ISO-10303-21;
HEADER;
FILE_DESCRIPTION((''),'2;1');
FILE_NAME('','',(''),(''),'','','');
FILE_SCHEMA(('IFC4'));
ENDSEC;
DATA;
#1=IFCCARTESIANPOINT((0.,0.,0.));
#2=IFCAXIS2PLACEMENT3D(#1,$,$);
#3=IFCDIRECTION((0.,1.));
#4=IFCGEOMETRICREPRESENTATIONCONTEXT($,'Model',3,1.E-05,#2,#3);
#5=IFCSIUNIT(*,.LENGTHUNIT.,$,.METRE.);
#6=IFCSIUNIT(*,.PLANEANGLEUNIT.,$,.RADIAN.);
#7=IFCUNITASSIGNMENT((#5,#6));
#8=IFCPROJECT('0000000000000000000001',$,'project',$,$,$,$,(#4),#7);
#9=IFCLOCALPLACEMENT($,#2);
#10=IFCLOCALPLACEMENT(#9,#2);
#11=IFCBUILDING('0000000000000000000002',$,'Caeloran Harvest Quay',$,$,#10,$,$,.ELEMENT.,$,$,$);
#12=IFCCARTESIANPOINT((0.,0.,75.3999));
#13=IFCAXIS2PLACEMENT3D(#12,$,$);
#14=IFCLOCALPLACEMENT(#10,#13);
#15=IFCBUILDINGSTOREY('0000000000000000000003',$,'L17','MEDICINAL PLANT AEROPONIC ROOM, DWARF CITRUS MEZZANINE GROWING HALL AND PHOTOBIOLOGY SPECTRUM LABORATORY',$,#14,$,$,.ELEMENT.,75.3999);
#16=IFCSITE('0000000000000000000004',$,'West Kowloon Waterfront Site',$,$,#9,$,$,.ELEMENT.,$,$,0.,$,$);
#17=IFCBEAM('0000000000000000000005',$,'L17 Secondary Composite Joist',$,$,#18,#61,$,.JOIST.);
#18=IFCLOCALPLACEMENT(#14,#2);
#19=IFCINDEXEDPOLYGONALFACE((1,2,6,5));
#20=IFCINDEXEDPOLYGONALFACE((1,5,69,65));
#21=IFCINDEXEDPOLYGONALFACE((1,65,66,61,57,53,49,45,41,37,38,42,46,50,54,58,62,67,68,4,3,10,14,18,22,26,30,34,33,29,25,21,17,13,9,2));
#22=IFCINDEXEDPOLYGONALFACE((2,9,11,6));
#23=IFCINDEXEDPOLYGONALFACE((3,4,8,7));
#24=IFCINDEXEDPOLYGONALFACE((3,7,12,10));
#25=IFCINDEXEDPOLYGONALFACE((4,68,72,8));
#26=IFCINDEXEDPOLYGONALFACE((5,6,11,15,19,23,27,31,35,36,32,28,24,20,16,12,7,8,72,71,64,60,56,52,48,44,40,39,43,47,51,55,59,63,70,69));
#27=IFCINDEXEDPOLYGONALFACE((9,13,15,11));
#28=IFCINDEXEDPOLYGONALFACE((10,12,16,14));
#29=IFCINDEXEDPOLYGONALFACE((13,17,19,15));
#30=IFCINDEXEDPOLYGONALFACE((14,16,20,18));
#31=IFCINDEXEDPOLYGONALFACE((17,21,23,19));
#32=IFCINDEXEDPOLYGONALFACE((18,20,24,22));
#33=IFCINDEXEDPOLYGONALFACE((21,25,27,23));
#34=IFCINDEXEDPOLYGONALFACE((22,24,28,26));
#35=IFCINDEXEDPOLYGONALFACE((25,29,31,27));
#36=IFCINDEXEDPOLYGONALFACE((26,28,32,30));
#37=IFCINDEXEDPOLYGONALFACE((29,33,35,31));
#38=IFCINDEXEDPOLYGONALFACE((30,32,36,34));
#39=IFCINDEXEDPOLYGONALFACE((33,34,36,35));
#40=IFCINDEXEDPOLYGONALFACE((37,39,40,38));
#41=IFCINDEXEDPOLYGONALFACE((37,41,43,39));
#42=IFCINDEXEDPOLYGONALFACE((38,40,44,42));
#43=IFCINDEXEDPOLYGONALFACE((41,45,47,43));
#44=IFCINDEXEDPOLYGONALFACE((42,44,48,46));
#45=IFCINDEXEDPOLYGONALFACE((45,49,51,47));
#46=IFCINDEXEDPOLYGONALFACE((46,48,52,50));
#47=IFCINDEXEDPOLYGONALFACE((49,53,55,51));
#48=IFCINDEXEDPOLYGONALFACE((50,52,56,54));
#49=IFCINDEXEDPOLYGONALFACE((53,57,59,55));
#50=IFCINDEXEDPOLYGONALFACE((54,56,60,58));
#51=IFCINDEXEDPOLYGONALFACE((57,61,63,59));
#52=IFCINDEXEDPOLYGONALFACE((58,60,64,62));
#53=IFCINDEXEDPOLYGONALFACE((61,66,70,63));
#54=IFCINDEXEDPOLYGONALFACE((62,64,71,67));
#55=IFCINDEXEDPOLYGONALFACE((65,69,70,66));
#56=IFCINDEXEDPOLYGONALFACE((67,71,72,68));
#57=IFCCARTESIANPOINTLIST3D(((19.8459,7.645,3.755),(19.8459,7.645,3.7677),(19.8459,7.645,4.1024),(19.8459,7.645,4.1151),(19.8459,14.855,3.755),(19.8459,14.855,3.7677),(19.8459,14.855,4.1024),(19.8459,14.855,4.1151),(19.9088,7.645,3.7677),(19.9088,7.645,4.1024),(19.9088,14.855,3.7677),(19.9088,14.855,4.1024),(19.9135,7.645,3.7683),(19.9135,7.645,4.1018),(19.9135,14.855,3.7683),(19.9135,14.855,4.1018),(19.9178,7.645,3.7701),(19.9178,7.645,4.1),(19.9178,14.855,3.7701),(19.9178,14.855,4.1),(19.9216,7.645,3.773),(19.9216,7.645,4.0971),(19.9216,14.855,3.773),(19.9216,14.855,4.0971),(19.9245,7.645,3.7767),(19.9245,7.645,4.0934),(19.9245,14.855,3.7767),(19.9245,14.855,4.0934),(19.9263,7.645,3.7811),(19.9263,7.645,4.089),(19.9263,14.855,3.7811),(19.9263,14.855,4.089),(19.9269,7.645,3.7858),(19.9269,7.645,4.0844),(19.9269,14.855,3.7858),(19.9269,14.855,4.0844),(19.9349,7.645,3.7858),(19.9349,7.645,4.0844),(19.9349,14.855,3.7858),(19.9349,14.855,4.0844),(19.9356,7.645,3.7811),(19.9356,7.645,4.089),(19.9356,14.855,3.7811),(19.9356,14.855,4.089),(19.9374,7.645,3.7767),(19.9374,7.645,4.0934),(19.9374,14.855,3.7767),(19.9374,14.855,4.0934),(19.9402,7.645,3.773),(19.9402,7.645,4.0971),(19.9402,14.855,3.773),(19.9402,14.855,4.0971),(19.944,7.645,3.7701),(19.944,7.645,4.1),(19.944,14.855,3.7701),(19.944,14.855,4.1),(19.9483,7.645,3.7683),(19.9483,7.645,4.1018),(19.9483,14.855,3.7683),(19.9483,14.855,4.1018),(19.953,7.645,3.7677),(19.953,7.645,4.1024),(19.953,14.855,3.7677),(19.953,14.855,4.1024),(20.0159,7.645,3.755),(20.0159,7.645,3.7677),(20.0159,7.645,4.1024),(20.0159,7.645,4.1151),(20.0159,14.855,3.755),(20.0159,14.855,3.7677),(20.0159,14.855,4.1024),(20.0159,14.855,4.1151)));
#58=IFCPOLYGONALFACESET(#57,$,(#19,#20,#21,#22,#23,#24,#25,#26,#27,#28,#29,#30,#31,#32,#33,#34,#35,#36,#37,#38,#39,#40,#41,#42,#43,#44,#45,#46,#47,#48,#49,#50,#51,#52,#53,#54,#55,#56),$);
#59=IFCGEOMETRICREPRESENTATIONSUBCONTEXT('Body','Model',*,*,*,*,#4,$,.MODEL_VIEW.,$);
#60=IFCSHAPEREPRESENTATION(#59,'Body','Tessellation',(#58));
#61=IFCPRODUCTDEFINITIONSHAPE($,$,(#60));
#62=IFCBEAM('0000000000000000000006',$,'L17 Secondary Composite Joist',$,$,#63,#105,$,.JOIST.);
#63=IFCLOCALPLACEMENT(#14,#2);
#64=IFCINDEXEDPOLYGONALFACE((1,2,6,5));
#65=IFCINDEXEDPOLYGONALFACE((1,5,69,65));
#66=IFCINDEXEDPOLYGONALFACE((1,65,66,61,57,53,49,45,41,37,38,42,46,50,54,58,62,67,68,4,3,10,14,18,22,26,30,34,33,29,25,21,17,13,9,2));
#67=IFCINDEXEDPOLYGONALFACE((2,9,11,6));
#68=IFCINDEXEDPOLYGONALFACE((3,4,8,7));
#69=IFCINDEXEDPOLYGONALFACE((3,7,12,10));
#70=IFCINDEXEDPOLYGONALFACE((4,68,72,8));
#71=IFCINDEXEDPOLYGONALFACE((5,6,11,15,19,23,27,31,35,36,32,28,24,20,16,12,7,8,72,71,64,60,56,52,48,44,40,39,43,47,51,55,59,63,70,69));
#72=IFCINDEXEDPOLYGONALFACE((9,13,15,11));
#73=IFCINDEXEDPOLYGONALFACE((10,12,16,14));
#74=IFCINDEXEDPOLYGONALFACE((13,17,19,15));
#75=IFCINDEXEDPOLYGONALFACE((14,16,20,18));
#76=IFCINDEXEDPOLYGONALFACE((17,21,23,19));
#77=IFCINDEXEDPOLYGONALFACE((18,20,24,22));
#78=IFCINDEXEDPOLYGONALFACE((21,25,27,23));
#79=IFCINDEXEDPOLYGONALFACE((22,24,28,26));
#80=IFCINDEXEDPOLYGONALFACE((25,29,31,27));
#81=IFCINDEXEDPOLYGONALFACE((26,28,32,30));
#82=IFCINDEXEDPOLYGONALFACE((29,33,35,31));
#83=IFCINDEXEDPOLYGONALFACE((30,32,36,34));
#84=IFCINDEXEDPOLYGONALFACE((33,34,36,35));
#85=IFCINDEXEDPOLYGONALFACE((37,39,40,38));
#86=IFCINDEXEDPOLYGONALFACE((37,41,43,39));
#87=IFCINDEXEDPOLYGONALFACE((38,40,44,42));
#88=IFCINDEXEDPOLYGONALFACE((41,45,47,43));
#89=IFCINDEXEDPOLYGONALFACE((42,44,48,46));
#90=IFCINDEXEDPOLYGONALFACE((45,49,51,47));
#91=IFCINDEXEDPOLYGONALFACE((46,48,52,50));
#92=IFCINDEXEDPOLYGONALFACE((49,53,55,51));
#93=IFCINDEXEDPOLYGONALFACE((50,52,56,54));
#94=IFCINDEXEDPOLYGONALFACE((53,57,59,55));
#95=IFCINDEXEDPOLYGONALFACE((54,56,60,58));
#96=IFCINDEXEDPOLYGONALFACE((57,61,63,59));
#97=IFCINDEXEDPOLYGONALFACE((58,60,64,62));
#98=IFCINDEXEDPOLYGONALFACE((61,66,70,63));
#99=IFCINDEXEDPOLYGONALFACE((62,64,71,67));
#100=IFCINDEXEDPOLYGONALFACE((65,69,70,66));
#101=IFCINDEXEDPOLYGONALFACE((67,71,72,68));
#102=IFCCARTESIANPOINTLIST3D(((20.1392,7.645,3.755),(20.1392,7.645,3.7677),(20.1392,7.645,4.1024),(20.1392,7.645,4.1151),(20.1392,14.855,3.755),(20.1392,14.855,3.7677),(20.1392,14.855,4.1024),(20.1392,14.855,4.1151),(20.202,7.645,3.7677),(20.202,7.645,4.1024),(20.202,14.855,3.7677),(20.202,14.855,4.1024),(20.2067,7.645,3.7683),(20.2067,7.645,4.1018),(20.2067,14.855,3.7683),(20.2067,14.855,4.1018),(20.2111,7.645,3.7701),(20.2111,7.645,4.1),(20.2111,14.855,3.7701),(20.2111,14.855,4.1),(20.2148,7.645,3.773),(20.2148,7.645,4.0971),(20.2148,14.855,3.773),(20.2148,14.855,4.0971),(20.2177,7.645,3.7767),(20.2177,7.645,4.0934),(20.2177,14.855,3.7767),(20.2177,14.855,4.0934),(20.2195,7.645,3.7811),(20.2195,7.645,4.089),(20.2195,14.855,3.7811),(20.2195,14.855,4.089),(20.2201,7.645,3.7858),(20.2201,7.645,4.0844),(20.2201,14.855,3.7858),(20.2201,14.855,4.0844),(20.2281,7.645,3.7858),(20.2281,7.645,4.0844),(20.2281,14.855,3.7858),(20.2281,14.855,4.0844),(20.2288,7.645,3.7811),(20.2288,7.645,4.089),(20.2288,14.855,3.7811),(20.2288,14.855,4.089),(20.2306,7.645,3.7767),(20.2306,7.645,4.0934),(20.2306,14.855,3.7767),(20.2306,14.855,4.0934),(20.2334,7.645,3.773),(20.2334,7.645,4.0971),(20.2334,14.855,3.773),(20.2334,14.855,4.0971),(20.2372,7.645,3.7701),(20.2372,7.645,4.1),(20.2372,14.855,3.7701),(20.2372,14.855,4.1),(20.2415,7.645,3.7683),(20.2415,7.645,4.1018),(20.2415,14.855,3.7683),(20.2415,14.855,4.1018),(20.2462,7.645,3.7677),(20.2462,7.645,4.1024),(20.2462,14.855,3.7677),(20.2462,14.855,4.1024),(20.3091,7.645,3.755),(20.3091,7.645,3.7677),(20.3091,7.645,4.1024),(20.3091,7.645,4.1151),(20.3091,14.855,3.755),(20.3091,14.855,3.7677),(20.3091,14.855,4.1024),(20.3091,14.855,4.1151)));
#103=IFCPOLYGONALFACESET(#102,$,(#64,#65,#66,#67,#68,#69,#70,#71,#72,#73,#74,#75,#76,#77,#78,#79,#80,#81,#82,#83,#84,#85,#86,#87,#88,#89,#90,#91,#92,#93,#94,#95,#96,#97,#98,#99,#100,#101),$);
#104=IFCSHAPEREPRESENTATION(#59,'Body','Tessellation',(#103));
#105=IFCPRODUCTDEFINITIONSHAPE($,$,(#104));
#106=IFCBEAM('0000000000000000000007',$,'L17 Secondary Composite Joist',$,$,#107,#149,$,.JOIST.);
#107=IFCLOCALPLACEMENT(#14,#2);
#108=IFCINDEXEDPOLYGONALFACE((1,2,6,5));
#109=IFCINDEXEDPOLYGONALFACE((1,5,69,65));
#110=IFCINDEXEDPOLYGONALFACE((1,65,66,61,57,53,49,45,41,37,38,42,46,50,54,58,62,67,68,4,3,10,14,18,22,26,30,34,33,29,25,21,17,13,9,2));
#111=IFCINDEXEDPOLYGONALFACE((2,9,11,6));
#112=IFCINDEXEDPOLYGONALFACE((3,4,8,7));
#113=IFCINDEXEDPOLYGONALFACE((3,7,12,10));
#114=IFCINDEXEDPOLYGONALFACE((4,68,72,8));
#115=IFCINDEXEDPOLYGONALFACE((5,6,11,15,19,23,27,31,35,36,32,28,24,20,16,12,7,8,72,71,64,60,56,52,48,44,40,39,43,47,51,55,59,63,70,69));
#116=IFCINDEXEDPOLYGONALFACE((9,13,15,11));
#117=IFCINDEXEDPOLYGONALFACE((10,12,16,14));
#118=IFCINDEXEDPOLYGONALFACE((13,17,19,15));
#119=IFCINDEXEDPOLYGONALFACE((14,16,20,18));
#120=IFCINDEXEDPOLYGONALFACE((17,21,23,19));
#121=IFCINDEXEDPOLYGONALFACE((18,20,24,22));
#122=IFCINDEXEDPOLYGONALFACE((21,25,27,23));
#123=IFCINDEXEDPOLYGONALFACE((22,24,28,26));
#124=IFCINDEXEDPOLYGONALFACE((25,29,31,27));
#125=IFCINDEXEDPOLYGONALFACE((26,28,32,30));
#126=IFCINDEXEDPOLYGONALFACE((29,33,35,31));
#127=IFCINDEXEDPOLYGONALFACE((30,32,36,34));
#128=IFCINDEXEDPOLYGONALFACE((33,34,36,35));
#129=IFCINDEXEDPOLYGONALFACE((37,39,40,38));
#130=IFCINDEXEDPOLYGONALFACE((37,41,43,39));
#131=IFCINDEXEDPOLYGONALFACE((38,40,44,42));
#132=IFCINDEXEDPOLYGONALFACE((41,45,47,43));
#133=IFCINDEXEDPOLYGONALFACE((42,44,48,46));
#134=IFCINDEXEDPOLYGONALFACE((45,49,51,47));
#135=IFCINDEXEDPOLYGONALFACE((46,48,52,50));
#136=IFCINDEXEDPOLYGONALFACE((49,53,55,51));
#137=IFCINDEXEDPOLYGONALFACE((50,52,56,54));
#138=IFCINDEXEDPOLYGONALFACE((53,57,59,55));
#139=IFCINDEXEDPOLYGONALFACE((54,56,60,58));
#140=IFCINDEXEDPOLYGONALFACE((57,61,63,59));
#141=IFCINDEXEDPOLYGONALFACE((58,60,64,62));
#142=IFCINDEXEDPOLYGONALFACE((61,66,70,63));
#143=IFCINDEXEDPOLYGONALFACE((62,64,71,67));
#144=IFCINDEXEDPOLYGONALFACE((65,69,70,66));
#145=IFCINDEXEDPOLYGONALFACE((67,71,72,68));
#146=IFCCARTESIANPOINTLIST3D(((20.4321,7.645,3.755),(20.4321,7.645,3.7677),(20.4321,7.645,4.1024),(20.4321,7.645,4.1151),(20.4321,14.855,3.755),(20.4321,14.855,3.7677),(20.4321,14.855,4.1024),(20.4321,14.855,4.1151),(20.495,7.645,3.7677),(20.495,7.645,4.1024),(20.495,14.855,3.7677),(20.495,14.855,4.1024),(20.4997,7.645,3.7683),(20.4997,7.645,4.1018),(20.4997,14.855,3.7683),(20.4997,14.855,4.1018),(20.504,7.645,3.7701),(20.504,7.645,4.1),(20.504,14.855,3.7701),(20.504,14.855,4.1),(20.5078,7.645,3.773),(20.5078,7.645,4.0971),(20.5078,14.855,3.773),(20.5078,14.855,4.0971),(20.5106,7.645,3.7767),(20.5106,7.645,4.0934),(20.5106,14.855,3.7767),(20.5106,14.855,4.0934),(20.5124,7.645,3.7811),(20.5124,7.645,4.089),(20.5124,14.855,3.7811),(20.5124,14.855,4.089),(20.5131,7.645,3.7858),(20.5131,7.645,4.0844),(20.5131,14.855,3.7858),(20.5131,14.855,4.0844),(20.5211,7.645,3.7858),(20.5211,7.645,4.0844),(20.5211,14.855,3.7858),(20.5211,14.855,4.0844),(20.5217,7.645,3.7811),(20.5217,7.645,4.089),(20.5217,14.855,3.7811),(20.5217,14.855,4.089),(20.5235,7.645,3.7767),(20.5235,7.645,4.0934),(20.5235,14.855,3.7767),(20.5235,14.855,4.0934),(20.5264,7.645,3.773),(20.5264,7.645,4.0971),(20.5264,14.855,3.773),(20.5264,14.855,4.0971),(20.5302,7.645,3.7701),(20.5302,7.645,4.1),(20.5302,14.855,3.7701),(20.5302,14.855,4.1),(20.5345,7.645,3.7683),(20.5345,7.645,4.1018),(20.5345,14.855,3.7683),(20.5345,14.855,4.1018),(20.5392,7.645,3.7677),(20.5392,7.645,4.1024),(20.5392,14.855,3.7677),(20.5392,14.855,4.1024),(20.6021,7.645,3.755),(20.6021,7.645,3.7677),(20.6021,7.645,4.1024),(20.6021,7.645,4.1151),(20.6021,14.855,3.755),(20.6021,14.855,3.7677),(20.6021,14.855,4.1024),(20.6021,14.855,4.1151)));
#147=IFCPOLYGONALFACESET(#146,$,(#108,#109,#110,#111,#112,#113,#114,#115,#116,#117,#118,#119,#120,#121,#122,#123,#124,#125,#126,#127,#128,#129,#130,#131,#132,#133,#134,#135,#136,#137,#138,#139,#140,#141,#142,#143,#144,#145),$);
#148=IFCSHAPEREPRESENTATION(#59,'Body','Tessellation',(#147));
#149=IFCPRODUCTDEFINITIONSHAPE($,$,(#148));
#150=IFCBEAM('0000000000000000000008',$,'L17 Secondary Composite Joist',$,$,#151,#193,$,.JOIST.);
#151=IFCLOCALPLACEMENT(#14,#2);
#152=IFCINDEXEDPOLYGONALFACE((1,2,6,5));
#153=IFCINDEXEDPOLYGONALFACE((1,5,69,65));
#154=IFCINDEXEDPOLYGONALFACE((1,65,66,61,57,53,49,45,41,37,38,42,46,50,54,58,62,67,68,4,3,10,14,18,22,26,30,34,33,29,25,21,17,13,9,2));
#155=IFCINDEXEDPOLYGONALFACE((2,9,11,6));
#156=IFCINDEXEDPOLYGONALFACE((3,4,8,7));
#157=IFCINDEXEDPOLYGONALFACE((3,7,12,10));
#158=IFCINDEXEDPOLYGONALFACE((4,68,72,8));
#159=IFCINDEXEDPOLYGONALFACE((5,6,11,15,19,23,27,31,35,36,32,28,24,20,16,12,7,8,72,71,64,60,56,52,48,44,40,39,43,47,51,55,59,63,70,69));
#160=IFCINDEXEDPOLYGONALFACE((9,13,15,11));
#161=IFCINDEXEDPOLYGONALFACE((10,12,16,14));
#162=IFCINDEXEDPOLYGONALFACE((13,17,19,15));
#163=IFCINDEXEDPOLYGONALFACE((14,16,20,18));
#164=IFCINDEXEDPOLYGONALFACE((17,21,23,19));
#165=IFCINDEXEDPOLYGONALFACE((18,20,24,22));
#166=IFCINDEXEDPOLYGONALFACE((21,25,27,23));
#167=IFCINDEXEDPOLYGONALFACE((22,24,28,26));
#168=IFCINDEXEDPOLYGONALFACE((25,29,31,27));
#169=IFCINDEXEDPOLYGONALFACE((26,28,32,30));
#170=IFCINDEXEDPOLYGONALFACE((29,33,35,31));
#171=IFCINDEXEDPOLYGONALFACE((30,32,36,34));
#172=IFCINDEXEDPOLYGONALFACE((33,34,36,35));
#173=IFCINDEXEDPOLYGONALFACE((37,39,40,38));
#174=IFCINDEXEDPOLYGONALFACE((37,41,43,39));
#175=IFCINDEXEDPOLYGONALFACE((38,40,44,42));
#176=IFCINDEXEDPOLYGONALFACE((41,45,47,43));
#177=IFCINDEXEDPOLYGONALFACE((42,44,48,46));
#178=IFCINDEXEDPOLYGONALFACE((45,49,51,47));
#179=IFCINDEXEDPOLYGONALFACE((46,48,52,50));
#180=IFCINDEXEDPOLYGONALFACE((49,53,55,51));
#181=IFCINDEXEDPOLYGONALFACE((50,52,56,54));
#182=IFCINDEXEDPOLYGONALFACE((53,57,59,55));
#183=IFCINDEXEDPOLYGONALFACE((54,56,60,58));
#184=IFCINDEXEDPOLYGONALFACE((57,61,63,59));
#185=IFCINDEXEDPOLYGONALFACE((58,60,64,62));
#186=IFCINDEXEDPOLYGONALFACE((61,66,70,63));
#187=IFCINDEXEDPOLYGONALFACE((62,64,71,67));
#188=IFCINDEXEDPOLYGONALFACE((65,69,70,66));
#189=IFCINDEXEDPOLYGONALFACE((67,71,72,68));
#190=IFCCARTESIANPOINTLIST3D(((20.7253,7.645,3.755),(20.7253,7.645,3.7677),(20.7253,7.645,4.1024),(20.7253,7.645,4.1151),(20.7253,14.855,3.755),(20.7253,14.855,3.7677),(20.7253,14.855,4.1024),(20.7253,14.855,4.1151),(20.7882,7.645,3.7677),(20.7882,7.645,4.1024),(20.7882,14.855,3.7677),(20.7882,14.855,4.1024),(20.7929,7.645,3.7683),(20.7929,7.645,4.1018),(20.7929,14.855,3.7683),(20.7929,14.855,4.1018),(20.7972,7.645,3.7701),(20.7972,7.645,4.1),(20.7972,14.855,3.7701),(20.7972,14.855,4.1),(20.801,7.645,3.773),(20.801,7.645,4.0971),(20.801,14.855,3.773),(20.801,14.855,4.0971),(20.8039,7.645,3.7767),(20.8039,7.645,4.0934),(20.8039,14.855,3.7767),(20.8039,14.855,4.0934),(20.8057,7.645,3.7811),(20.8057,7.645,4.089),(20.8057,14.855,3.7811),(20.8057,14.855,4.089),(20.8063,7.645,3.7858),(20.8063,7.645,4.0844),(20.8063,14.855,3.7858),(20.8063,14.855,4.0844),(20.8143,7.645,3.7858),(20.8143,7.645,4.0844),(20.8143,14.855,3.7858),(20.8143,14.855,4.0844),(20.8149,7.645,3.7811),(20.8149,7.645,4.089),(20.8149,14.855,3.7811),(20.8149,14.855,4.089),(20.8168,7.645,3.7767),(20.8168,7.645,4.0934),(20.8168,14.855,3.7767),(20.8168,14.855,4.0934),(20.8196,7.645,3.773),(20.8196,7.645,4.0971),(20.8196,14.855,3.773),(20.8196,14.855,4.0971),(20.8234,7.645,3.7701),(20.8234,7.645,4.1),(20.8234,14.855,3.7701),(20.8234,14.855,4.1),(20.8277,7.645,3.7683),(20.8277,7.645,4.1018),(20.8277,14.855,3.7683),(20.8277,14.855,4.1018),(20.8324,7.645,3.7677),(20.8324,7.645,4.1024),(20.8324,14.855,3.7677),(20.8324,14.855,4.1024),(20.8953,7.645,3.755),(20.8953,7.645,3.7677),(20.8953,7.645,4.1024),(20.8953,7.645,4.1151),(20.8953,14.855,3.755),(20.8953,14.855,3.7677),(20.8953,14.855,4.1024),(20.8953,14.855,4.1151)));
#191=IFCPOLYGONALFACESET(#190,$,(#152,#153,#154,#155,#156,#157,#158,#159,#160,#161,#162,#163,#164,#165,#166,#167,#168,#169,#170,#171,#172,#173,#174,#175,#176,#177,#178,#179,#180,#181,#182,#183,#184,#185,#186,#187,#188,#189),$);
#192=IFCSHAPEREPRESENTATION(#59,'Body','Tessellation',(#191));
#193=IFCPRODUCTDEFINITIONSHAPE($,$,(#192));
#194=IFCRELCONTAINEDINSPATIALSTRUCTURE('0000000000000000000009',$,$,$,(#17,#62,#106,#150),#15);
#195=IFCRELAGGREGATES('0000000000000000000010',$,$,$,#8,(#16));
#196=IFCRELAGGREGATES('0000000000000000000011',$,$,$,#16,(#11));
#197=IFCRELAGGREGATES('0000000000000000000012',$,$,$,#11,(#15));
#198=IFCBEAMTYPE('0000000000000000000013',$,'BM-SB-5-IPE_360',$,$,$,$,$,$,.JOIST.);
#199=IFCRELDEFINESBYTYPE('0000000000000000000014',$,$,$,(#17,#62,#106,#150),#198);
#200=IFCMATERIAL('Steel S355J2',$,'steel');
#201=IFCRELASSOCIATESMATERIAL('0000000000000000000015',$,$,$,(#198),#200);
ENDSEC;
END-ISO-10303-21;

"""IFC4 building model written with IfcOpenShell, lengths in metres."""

from ifc_helpers import new_model, si_unit, direction, frame, origin, origin_2d, place, context, subcontext, project, spatial, i_section, extrude, material, material_profile, profile_set, type_object, element, save


model = new_model("IFC4")

# Units and contexts
model_context = context("Model", 3, precision=1e-05, world=origin(), true_north=direction((0.0, 1.0)))
body_context = subcontext(model_context, "Body", "Model", "MODEL_VIEW")
ifc_project = project(units=[si_unit("LENGTHUNIT", "METRE"), si_unit("PLANEANGLEUNIT", "RADIAN")], contexts=[model_context])

# Site, building, storey
site_placement = place(None, origin())
site = spatial("IfcSite", under=ifc_project, at=site_placement, Name="West Kowloon Waterfront Site", CompositionType="ELEMENT", RefElevation=0.0)
building_placement = place(site_placement, origin())
building = spatial("IfcBuilding", under=site, at=building_placement, Name="Caeloran Harvest Quay", CompositionType="ELEMENT")
storey_placement = place(building_placement, frame((0.0, 0.0, 75.3999)))
storey = spatial("IfcBuildingStorey", under=building, at=storey_placement, Name="L17", Description="MEDICINAL PLANT AEROPONIC ROOM, DWARF CITRUS MEZZANINE GROWING HALL AND PHOTOBIOLOGY SPECTRUM LABORATORY", CompositionType="ELEMENT", Elevation=75.3999)

# Beams
ifc_material_1 = material(Name="Steel S355J2", Category="steel")
ifc_material_profile_1 = material_profile(ifc_material_1, i_section(OverallWidth=0.1699, OverallDepth=0.3601, WebThickness=0.0081, FlangeThickness=0.0127, FilletRadius=0.0181, at=origin_2d()), Name="IPE 360")
ifc_profile_set_1 = profile_set([ifc_material_profile_1], Name="Steel S355J2")
beam_type_1 = type_object("IfcBeamType", Name="BM-SB-5-IPE_360", PredefinedType="JOIST", material=ifc_profile_set_1)
for number, where, z_axis, x_axis, name in (
    (1, (19.9309, 7.645, 3.9351), (0.0, 1.0, 0.0), (-1.0, 0.0, 0.0), "L17 Secondary Composite Joist"),
    (2, (20.2241, 7.645, 3.9351), (0.0, 1.0, 0.0), (-1.0, 0.0, 0.0), "L17 Secondary Composite Joist"),
    (3, (20.5171, 7.645, 3.9351), (0.0, 1.0, 0.0), (-1.0, 0.0, 0.0), "L17 Secondary Composite Joist"),
    (4, (20.8103, 7.645, 3.9351), (0.0, 1.0, 0.0), (-1.0, 0.0, 0.0), "L17 Secondary Composite Joist"),
):
    element("IfcBeam", number, at=place(storey_placement, frame(where, z_axis=z_axis, x_axis=x_axis)), inside=storey, type_object=beam_type_1, Name=name, PredefinedType="JOIST", context=body_context, shape_type="SweptSolid", body=[
        extrude(i_section(OverallWidth=0.1699, OverallDepth=0.3601, WebThickness=0.0081, FlangeThickness=0.0127, FilletRadius=0.0181, at=origin_2d()), origin(), (0.0, 0.0, 1.0), 7.21),
    ])

save(model, "model.ifc")
